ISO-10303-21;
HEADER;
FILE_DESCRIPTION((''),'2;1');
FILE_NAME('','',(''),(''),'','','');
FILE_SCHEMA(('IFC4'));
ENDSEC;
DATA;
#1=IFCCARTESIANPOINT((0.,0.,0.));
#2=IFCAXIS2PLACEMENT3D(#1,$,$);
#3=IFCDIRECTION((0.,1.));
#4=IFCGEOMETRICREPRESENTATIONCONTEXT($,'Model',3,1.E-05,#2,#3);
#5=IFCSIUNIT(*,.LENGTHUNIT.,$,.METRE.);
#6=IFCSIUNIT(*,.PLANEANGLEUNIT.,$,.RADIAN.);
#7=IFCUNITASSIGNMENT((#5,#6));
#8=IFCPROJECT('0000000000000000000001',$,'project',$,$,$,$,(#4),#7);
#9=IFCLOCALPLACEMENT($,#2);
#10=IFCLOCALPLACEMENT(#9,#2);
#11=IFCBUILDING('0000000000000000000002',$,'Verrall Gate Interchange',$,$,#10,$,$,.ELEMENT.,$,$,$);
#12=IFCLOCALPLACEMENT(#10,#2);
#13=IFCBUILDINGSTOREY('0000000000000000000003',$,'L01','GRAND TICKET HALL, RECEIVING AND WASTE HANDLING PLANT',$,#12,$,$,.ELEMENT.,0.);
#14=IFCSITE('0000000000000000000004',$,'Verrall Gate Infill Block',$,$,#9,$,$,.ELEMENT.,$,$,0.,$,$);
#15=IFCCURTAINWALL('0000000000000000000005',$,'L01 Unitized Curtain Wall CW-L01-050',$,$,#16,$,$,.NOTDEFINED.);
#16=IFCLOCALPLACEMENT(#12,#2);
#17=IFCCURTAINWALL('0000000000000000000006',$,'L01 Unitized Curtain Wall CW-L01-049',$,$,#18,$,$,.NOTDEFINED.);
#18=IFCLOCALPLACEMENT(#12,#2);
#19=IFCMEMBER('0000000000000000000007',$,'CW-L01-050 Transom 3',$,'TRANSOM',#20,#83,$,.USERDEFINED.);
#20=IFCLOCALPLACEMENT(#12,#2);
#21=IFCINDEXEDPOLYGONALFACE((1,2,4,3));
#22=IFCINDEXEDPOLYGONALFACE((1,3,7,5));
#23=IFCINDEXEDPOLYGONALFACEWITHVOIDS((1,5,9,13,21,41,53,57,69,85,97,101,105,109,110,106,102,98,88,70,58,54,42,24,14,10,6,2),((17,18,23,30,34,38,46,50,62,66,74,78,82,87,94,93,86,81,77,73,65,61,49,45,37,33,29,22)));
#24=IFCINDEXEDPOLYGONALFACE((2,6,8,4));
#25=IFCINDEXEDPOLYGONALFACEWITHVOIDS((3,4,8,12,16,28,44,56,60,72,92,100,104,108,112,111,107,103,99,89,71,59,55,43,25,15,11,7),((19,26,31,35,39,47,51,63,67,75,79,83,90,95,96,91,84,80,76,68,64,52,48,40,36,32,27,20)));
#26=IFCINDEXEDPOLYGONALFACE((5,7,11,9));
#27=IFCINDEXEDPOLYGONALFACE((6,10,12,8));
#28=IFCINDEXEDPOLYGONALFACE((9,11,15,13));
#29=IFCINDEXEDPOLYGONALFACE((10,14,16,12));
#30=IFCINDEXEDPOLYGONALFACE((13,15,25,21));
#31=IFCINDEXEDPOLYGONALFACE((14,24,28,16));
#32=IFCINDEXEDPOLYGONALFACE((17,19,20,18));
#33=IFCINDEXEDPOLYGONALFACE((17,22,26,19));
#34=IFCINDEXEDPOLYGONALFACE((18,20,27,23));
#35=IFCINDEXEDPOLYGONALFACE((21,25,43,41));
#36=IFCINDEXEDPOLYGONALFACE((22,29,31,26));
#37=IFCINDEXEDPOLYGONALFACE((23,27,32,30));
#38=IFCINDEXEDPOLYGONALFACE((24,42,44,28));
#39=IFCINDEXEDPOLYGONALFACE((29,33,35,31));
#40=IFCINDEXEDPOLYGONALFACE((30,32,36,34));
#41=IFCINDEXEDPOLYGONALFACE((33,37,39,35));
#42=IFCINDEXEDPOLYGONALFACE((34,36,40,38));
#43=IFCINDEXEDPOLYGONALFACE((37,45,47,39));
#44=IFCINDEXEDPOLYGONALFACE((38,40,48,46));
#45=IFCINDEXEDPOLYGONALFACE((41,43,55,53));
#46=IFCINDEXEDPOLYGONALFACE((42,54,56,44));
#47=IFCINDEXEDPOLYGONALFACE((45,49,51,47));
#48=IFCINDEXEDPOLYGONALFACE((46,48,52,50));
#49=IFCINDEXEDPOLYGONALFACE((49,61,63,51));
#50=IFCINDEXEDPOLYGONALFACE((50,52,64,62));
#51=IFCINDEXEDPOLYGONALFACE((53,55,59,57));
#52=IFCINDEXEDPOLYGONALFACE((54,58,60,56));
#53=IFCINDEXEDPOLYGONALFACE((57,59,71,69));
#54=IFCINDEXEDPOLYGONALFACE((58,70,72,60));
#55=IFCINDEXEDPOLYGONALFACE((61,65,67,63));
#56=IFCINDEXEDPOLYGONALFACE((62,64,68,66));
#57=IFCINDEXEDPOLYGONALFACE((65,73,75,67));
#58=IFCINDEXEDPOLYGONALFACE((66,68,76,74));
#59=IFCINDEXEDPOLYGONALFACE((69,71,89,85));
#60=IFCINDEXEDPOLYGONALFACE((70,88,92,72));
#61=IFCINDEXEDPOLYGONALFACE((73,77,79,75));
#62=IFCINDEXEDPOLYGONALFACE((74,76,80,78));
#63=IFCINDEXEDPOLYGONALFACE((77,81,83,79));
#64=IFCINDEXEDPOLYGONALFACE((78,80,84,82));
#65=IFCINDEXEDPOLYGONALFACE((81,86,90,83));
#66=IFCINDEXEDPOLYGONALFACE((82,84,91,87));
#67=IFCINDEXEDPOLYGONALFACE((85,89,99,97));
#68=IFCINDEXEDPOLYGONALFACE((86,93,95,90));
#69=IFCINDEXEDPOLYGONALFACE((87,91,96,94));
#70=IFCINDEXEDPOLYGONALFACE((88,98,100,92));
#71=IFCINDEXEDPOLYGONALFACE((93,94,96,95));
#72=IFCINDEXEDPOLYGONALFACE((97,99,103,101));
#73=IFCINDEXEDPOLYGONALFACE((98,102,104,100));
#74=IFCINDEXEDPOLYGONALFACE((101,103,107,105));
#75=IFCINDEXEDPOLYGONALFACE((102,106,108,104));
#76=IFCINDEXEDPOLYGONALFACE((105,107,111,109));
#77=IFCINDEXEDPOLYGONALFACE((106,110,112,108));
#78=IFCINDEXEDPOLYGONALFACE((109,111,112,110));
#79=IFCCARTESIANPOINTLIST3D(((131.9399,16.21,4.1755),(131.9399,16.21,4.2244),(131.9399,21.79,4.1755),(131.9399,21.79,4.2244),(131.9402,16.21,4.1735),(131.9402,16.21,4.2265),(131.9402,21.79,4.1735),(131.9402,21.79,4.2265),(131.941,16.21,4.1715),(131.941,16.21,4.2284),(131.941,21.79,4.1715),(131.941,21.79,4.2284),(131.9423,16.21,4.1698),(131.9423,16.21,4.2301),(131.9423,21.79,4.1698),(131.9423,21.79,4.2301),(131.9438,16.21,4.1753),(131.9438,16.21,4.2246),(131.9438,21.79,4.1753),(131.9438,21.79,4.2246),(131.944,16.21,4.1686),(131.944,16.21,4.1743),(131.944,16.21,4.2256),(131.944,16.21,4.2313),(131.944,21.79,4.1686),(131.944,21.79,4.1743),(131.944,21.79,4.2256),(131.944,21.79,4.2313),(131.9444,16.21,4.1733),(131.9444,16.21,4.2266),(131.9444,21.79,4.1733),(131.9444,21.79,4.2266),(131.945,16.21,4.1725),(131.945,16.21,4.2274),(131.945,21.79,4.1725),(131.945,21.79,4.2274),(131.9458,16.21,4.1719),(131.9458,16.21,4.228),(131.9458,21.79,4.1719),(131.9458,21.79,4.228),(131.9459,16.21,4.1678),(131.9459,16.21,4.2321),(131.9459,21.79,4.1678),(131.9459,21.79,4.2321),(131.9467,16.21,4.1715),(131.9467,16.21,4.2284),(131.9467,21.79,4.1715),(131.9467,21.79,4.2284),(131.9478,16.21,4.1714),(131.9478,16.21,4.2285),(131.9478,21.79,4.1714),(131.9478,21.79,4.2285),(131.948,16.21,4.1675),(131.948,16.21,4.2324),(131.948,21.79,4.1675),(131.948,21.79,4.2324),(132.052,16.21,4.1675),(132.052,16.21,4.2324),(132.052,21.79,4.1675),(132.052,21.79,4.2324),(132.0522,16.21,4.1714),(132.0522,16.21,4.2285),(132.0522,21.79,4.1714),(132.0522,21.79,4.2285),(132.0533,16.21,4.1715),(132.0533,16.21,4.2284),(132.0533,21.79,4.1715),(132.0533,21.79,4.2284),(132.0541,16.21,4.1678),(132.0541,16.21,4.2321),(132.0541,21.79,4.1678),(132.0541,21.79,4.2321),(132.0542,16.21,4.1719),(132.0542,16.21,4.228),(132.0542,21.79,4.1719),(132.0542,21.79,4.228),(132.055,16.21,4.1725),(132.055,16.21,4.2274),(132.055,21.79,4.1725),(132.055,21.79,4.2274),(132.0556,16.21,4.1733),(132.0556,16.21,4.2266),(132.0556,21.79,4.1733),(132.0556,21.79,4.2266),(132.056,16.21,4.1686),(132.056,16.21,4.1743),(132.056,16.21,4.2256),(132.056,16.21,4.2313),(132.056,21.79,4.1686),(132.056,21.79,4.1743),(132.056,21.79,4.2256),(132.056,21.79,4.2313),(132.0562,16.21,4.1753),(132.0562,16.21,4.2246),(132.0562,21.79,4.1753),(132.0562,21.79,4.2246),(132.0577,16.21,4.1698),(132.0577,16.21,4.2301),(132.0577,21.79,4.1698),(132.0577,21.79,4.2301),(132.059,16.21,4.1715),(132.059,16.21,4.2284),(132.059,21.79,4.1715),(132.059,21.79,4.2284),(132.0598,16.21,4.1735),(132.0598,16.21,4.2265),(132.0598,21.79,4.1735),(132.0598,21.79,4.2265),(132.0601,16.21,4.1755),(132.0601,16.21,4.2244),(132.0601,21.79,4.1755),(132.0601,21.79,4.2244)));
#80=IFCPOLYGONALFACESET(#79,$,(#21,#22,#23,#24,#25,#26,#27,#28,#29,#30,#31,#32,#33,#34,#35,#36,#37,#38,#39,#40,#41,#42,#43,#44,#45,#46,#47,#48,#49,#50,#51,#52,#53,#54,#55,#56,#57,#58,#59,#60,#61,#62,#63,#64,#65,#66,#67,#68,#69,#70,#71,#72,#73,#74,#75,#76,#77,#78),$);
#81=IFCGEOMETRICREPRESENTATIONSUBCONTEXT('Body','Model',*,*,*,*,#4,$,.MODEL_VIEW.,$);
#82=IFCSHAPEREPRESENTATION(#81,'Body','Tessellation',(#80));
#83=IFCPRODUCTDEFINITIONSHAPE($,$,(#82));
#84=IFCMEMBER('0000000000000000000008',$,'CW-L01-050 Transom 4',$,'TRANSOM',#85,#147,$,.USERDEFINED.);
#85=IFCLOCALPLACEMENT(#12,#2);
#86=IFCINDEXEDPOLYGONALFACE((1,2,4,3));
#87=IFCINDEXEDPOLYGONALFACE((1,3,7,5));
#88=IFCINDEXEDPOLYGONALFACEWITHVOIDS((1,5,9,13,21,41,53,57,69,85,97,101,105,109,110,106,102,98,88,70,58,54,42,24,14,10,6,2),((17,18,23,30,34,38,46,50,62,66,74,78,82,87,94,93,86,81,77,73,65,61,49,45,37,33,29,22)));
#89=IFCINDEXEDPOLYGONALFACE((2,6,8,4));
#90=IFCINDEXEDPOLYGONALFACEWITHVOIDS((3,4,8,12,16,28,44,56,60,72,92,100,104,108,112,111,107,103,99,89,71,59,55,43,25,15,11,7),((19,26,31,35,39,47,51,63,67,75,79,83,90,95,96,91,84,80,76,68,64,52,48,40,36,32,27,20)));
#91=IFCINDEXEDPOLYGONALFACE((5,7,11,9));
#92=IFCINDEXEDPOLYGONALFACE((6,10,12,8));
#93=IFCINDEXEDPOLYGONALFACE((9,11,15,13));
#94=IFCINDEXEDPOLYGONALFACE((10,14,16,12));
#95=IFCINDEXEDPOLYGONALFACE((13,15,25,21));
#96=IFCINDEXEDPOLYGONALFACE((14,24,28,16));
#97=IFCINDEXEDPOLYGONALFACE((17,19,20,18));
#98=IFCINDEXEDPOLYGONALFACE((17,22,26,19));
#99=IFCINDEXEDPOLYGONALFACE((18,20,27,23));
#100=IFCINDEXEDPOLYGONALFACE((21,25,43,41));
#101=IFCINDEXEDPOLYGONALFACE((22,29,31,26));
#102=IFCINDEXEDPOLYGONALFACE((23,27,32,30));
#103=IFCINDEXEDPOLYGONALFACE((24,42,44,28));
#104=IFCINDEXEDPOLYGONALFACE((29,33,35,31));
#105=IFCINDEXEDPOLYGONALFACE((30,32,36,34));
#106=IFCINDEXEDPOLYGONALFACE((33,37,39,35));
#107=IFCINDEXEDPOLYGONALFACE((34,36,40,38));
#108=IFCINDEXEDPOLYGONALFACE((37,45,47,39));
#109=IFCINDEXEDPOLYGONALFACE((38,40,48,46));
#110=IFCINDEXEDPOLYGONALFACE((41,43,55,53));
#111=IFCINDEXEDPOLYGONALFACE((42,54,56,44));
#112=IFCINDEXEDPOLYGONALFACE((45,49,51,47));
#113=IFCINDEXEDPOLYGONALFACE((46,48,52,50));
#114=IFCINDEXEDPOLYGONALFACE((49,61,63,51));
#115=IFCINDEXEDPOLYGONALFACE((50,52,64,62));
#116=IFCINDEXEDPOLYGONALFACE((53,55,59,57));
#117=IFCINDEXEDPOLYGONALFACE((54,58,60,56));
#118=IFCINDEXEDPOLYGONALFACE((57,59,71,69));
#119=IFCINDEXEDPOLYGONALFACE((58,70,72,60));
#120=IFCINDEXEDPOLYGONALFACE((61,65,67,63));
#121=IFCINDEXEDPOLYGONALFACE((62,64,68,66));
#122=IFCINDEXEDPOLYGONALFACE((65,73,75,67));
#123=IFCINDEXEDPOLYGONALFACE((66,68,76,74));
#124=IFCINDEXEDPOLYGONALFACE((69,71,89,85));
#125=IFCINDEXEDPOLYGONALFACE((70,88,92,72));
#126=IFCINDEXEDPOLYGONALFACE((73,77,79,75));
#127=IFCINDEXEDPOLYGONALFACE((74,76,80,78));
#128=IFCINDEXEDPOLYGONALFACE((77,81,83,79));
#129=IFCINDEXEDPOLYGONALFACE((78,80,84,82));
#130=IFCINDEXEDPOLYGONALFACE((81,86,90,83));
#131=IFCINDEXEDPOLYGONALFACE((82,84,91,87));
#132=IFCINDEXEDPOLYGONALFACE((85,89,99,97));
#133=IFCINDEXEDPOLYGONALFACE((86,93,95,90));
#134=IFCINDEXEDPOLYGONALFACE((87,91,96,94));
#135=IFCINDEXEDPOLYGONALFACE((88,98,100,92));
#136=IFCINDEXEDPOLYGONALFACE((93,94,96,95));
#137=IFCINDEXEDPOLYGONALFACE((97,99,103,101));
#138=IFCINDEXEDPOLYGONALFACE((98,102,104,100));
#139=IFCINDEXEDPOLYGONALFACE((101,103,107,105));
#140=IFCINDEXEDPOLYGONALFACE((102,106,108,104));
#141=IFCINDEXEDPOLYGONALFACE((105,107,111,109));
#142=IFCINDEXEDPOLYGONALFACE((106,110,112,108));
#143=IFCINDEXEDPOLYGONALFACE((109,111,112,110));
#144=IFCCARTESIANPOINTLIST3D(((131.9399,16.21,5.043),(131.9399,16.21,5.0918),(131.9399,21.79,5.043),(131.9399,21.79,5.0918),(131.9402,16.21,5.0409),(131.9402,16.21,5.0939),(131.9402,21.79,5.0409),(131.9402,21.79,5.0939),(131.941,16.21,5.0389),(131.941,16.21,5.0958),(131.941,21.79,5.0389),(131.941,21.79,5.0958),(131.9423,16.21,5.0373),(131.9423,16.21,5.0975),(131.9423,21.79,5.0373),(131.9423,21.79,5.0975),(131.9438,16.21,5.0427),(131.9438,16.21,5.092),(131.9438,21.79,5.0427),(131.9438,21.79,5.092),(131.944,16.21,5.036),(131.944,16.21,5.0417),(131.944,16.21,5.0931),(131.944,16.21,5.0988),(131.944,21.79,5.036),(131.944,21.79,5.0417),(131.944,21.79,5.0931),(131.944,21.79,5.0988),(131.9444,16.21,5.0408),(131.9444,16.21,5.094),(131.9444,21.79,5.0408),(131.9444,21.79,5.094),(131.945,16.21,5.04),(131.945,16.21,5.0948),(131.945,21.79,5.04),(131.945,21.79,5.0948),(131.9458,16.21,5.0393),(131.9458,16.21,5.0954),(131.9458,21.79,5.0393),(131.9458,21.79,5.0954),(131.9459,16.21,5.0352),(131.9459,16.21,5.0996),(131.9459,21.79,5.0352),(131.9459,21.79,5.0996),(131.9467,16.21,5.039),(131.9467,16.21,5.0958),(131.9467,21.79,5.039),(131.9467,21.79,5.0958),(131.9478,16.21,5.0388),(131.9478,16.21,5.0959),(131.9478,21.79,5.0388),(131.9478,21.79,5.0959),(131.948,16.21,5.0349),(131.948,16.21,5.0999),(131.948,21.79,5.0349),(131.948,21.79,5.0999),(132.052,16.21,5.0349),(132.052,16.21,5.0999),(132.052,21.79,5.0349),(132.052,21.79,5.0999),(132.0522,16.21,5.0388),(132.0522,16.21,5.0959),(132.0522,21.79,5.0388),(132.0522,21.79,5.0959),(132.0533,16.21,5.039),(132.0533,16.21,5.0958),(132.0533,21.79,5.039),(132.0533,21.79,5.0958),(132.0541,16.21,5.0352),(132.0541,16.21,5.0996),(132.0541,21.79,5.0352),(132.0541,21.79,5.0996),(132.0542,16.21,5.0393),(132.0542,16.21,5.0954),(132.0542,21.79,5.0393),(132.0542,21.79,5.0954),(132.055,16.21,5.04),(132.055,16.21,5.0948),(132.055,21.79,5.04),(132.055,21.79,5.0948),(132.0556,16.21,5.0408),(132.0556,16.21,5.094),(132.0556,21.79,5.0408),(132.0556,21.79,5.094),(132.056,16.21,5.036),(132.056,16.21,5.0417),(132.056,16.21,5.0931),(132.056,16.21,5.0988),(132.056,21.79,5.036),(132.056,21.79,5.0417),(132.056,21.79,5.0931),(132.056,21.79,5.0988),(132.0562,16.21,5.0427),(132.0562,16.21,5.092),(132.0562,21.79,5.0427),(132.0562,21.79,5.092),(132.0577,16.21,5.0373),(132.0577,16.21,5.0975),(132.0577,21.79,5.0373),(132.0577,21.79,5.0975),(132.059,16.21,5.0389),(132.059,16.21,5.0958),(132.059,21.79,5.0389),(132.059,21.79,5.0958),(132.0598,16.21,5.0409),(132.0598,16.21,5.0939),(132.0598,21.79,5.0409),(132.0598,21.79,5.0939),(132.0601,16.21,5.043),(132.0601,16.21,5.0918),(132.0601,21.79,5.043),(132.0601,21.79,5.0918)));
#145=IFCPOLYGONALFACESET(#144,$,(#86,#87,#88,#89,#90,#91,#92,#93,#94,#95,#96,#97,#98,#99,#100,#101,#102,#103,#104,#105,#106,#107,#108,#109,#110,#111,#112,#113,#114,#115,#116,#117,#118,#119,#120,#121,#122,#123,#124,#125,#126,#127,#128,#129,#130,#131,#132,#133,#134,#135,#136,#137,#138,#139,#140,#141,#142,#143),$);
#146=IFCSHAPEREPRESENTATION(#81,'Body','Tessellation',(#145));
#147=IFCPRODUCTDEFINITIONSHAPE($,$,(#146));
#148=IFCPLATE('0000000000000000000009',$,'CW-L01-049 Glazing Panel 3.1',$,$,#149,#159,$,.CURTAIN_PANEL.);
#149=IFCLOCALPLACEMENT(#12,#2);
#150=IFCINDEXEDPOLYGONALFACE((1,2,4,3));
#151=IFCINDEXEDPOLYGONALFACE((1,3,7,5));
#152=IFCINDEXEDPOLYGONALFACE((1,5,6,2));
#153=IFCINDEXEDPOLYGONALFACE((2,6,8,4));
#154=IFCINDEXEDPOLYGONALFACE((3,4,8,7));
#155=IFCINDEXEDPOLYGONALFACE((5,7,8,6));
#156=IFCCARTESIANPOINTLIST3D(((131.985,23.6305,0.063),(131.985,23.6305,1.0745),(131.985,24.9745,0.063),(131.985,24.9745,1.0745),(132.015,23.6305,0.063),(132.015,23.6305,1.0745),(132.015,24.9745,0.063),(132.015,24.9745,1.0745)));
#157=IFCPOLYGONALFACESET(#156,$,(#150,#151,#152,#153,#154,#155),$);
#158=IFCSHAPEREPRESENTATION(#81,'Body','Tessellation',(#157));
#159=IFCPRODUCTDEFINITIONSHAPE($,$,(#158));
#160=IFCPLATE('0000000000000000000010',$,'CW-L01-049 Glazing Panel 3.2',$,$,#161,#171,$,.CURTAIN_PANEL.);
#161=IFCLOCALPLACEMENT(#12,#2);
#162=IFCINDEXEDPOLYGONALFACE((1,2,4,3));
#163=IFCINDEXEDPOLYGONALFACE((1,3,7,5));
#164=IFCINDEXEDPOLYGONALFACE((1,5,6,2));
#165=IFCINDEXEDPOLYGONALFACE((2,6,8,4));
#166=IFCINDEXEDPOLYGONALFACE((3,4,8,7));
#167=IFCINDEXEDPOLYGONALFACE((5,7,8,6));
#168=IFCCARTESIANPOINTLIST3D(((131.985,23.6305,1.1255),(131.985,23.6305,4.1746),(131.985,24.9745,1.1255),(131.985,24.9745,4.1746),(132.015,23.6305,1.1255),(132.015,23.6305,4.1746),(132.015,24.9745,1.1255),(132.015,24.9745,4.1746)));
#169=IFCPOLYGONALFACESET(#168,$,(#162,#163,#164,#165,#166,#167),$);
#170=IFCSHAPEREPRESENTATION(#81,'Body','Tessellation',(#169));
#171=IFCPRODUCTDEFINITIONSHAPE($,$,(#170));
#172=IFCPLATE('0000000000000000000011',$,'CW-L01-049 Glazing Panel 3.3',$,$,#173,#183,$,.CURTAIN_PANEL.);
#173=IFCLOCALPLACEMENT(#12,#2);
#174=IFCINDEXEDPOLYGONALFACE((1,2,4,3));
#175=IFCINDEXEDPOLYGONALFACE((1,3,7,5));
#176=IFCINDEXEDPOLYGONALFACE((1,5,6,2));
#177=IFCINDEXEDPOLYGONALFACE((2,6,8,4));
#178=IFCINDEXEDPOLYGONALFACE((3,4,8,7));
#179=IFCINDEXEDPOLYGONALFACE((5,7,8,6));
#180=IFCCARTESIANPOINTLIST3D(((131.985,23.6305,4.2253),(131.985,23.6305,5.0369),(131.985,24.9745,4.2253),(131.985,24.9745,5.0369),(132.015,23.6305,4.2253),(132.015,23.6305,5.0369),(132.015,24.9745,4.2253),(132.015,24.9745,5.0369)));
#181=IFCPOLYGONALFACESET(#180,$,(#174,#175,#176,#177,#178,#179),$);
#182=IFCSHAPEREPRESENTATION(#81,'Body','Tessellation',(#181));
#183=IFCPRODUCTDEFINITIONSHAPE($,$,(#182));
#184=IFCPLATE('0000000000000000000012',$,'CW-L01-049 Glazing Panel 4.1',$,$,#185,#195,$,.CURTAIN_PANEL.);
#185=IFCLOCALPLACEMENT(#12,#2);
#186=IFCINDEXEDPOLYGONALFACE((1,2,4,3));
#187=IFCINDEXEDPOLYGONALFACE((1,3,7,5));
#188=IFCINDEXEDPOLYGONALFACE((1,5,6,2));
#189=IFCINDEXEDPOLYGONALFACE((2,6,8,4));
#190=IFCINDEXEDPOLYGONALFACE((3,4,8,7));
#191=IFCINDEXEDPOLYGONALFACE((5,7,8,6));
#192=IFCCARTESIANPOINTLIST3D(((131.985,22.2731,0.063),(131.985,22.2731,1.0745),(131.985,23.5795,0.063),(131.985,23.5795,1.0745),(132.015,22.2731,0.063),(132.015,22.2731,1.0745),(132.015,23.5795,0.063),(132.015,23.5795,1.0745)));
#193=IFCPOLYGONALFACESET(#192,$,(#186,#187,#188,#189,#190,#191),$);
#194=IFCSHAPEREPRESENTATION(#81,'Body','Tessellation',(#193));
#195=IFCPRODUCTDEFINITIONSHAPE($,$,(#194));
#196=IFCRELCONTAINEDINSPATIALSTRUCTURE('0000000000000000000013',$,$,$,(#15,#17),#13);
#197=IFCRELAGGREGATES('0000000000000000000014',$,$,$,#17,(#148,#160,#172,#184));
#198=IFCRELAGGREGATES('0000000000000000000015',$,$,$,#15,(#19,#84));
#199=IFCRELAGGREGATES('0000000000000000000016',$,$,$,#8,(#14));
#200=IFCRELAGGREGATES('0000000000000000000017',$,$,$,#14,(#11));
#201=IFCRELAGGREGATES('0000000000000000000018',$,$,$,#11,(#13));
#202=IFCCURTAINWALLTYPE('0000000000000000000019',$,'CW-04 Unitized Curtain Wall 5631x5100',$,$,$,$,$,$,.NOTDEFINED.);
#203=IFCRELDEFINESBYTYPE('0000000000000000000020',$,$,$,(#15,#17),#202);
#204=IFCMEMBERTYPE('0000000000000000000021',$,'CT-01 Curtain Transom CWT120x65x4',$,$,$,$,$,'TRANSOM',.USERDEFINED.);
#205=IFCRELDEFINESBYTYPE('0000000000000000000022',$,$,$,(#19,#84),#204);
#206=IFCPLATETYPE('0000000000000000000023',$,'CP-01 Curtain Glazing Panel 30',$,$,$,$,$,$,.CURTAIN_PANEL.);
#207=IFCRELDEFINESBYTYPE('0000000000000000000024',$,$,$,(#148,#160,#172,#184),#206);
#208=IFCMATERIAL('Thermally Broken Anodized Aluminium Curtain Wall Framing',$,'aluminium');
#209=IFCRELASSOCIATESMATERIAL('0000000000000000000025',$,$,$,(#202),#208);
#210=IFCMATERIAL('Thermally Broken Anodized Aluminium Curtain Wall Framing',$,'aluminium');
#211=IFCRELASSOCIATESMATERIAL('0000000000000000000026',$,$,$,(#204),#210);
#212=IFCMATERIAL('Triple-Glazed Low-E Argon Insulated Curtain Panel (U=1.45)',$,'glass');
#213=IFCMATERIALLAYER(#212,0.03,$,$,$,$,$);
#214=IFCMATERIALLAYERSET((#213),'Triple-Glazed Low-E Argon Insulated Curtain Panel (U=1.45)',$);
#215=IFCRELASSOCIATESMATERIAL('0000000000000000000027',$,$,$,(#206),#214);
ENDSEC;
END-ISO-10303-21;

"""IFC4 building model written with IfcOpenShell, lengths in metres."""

from ifc_helpers import new_model, si_unit, direction, frame, origin, origin_2d, place, context, subcontext, project, spatial, rectangle, hollow_rectangle, extrude, material, layer, layer_set, material_profile, profile_set, type_object, element, aggregate, save


model = new_model("IFC4")

# Units and contexts
model_context = context("Model", 3, precision=1e-05, world=origin(), true_north=direction((0.0, 1.0)))
body_context = subcontext(model_context, "Body", "Model", "MODEL_VIEW")
ifc_project = project(units=[si_unit("LENGTHUNIT", "METRE"), si_unit("PLANEANGLEUNIT", "RADIAN")], contexts=[model_context])

# Site, building, storey
site_placement = place(None, origin())
site = spatial("IfcSite", under=ifc_project, at=site_placement, Name="Verrall Gate Infill Block", CompositionType="ELEMENT", RefElevation=0.0)
building_placement = place(site_placement, origin())
building = spatial("IfcBuilding", under=site, at=building_placement, Name="Verrall Gate Interchange", CompositionType="ELEMENT")
storey_placement = place(building_placement, origin())
storey = spatial("IfcBuildingStorey", under=building, at=storey_placement, Name="L01", Description="GRAND TICKET HALL, RECEIVING AND WASTE HANDLING PLANT", CompositionType="ELEMENT", Elevation=0.0)

# Curtain walls
ifc_material_1 = material(Name="Thermally Broken Anodized Aluminium Curtain Wall Framing", Category="aluminium")
curtain_wall_type = type_object("IfcCurtainWallType", Name="CW-04 Unitized Curtain Wall 5631x5100", PredefinedType="NOTDEFINED", material=ifc_material_1)
curtain_wall_1_placement = place(storey_placement, origin())
curtain_wall_1 = element("IfcCurtainWall", 1, at=curtain_wall_1_placement, inside=storey, type_object=curtain_wall_type, Name="L01 Unitized Curtain Wall CW-L01-050", PredefinedType="NOTDEFINED")
curtain_wall_2_placement = place(storey_placement, origin())
curtain_wall_2 = element("IfcCurtainWall", 2, at=curtain_wall_2_placement, inside=storey, type_object=curtain_wall_type, Name="L01 Unitized Curtain Wall CW-L01-049", PredefinedType="NOTDEFINED")

# Members
ifc_material_2 = material(Name="Thermally Broken Anodized Aluminium Curtain Wall Framing", Category="aluminium")
ifc_material_profile_1 = material_profile(ifc_material_2, hollow_rectangle(XDim=0.1201, YDim=0.0649, WallThickness=0.0039, InnerFilletRadius=0.0039, OuterFilletRadius=0.0081, at=origin_2d()), Name="CWT120x65x4")
ifc_profile_set_1 = profile_set([ifc_material_profile_1], Name="Thermally Broken Anodized Aluminium Curtain Wall Framing")
member_type_1 = type_object("IfcMemberType", Name="CT-01 Curtain Transom CWT120x65x4", ElementType="TRANSOM", PredefinedType="USERDEFINED", material=ifc_profile_set_1)
member_1_placement = place(storey_placement, frame((132.0, 21.79, 4.2), z_axis=(0.0, -1.0, 0.0), x_axis=(1.0, 0.0, 0.0)))
member_1 = element("IfcMember", 3, at=member_1_placement, type_object=member_type_1, Name="CW-L01-050 Transom 3", ObjectType="TRANSOM", PredefinedType="USERDEFINED", context=body_context, shape_type="SweptSolid", body=[
    extrude(hollow_rectangle(XDim=0.1201, YDim=0.0649, WallThickness=0.0039, InnerFilletRadius=0.0039, OuterFilletRadius=0.0081, at=origin_2d()), origin(), (0.0, 0.0, 1.0), 5.5801),
])
member_2_placement = place(storey_placement, frame((132.0, 21.79, 5.0674), z_axis=(0.0, -1.0, 0.0), x_axis=(1.0, 0.0, 0.0)))
member_2 = element("IfcMember", 4, at=member_2_placement, type_object=member_type_1, Name="CW-L01-050 Transom 4", ObjectType="TRANSOM", PredefinedType="USERDEFINED", context=body_context, shape_type="SweptSolid", body=[
    extrude(hollow_rectangle(XDim=0.1201, YDim=0.0649, WallThickness=0.0039, InnerFilletRadius=0.0039, OuterFilletRadius=0.0081, at=origin_2d()), origin(), (0.0, 0.0, 1.0), 5.5801),
])

# Plates
ifc_material_3 = material(Name="Triple-Glazed Low-E Argon Insulated Curtain Panel (U=1.45)", Category="glass")
ifc_layer_1 = layer(ifc_material_3, 0.03)
ifc_layer_set_1 = layer_set([ifc_layer_1], Name="Triple-Glazed Low-E Argon Insulated Curtain Panel (U=1.45)")
plate_type_1 = type_object("IfcPlateType", Name="CP-01 Curtain Glazing Panel 30", PredefinedType="CURTAIN_PANEL", material=ifc_layer_set_1)
plate_1_placement = place(storey_placement, frame((132.0, 24.3025, 0.063), z_axis=(0.0, 0.0, 1.0), x_axis=(0.0, -1.0, 0.0)))
plate_1 = element("IfcPlate", 5, at=plate_1_placement, type_object=plate_type_1, Name="CW-L01-049 Glazing Panel 3.1", PredefinedType="CURTAIN_PANEL", context=body_context, shape_type="SweptSolid", body=[
    extrude(rectangle(XDim=1.344, YDim=0.03, at=origin_2d()), origin(), (0.0, 0.0, 1.0), 1.0115),
])
plate_2_placement = place(storey_placement, frame((132.0, 24.3025, 1.1255), z_axis=(0.0, 0.0, 1.0), x_axis=(0.0, -1.0, 0.0)))
plate_2 = element("IfcPlate", 6, at=plate_2_placement, type_object=plate_type_1, Name="CW-L01-049 Glazing Panel 3.2", PredefinedType="CURTAIN_PANEL", context=body_context, shape_type="SweptSolid", body=[
    extrude(rectangle(XDim=1.344, YDim=0.03, at=origin_2d()), origin(), (0.0, 0.0, 1.0), 3.0491),
])
plate_3_placement = place(storey_placement, frame((132.0, 24.3025, 4.2253), z_axis=(0.0, 0.0, 1.0), x_axis=(0.0, -1.0, 0.0)))
plate_3 = element("IfcPlate", 7, at=plate_3_placement, type_object=plate_type_1, Name="CW-L01-049 Glazing Panel 3.3", PredefinedType="CURTAIN_PANEL", context=body_context, shape_type="SweptSolid", body=[
    extrude(rectangle(XDim=1.344, YDim=0.03, at=origin_2d()), origin(), (0.0, 0.0, 1.0), 0.8115),
])
plate_4_placement = place(storey_placement, frame((132.0, 22.9263, 0.063), z_axis=(0.0, 0.0, 1.0), x_axis=(0.0, -1.0, 0.0)))
plate_4 = element("IfcPlate", 8, at=plate_4_placement, type_object=plate_type_1, Name="CW-L01-049 Glazing Panel 4.1", PredefinedType="CURTAIN_PANEL", context=body_context, shape_type="SweptSolid", body=[
    extrude(rectangle(XDim=1.3064, YDim=0.03, at=origin_2d()), origin(), (0.0, 0.0, 1.0), 1.0115),
])
aggregate(curtain_wall_2, [plate_1, plate_2, plate_3, plate_4])
aggregate(curtain_wall_1, [member_1, member_2])

save(model, "model.ifc")
